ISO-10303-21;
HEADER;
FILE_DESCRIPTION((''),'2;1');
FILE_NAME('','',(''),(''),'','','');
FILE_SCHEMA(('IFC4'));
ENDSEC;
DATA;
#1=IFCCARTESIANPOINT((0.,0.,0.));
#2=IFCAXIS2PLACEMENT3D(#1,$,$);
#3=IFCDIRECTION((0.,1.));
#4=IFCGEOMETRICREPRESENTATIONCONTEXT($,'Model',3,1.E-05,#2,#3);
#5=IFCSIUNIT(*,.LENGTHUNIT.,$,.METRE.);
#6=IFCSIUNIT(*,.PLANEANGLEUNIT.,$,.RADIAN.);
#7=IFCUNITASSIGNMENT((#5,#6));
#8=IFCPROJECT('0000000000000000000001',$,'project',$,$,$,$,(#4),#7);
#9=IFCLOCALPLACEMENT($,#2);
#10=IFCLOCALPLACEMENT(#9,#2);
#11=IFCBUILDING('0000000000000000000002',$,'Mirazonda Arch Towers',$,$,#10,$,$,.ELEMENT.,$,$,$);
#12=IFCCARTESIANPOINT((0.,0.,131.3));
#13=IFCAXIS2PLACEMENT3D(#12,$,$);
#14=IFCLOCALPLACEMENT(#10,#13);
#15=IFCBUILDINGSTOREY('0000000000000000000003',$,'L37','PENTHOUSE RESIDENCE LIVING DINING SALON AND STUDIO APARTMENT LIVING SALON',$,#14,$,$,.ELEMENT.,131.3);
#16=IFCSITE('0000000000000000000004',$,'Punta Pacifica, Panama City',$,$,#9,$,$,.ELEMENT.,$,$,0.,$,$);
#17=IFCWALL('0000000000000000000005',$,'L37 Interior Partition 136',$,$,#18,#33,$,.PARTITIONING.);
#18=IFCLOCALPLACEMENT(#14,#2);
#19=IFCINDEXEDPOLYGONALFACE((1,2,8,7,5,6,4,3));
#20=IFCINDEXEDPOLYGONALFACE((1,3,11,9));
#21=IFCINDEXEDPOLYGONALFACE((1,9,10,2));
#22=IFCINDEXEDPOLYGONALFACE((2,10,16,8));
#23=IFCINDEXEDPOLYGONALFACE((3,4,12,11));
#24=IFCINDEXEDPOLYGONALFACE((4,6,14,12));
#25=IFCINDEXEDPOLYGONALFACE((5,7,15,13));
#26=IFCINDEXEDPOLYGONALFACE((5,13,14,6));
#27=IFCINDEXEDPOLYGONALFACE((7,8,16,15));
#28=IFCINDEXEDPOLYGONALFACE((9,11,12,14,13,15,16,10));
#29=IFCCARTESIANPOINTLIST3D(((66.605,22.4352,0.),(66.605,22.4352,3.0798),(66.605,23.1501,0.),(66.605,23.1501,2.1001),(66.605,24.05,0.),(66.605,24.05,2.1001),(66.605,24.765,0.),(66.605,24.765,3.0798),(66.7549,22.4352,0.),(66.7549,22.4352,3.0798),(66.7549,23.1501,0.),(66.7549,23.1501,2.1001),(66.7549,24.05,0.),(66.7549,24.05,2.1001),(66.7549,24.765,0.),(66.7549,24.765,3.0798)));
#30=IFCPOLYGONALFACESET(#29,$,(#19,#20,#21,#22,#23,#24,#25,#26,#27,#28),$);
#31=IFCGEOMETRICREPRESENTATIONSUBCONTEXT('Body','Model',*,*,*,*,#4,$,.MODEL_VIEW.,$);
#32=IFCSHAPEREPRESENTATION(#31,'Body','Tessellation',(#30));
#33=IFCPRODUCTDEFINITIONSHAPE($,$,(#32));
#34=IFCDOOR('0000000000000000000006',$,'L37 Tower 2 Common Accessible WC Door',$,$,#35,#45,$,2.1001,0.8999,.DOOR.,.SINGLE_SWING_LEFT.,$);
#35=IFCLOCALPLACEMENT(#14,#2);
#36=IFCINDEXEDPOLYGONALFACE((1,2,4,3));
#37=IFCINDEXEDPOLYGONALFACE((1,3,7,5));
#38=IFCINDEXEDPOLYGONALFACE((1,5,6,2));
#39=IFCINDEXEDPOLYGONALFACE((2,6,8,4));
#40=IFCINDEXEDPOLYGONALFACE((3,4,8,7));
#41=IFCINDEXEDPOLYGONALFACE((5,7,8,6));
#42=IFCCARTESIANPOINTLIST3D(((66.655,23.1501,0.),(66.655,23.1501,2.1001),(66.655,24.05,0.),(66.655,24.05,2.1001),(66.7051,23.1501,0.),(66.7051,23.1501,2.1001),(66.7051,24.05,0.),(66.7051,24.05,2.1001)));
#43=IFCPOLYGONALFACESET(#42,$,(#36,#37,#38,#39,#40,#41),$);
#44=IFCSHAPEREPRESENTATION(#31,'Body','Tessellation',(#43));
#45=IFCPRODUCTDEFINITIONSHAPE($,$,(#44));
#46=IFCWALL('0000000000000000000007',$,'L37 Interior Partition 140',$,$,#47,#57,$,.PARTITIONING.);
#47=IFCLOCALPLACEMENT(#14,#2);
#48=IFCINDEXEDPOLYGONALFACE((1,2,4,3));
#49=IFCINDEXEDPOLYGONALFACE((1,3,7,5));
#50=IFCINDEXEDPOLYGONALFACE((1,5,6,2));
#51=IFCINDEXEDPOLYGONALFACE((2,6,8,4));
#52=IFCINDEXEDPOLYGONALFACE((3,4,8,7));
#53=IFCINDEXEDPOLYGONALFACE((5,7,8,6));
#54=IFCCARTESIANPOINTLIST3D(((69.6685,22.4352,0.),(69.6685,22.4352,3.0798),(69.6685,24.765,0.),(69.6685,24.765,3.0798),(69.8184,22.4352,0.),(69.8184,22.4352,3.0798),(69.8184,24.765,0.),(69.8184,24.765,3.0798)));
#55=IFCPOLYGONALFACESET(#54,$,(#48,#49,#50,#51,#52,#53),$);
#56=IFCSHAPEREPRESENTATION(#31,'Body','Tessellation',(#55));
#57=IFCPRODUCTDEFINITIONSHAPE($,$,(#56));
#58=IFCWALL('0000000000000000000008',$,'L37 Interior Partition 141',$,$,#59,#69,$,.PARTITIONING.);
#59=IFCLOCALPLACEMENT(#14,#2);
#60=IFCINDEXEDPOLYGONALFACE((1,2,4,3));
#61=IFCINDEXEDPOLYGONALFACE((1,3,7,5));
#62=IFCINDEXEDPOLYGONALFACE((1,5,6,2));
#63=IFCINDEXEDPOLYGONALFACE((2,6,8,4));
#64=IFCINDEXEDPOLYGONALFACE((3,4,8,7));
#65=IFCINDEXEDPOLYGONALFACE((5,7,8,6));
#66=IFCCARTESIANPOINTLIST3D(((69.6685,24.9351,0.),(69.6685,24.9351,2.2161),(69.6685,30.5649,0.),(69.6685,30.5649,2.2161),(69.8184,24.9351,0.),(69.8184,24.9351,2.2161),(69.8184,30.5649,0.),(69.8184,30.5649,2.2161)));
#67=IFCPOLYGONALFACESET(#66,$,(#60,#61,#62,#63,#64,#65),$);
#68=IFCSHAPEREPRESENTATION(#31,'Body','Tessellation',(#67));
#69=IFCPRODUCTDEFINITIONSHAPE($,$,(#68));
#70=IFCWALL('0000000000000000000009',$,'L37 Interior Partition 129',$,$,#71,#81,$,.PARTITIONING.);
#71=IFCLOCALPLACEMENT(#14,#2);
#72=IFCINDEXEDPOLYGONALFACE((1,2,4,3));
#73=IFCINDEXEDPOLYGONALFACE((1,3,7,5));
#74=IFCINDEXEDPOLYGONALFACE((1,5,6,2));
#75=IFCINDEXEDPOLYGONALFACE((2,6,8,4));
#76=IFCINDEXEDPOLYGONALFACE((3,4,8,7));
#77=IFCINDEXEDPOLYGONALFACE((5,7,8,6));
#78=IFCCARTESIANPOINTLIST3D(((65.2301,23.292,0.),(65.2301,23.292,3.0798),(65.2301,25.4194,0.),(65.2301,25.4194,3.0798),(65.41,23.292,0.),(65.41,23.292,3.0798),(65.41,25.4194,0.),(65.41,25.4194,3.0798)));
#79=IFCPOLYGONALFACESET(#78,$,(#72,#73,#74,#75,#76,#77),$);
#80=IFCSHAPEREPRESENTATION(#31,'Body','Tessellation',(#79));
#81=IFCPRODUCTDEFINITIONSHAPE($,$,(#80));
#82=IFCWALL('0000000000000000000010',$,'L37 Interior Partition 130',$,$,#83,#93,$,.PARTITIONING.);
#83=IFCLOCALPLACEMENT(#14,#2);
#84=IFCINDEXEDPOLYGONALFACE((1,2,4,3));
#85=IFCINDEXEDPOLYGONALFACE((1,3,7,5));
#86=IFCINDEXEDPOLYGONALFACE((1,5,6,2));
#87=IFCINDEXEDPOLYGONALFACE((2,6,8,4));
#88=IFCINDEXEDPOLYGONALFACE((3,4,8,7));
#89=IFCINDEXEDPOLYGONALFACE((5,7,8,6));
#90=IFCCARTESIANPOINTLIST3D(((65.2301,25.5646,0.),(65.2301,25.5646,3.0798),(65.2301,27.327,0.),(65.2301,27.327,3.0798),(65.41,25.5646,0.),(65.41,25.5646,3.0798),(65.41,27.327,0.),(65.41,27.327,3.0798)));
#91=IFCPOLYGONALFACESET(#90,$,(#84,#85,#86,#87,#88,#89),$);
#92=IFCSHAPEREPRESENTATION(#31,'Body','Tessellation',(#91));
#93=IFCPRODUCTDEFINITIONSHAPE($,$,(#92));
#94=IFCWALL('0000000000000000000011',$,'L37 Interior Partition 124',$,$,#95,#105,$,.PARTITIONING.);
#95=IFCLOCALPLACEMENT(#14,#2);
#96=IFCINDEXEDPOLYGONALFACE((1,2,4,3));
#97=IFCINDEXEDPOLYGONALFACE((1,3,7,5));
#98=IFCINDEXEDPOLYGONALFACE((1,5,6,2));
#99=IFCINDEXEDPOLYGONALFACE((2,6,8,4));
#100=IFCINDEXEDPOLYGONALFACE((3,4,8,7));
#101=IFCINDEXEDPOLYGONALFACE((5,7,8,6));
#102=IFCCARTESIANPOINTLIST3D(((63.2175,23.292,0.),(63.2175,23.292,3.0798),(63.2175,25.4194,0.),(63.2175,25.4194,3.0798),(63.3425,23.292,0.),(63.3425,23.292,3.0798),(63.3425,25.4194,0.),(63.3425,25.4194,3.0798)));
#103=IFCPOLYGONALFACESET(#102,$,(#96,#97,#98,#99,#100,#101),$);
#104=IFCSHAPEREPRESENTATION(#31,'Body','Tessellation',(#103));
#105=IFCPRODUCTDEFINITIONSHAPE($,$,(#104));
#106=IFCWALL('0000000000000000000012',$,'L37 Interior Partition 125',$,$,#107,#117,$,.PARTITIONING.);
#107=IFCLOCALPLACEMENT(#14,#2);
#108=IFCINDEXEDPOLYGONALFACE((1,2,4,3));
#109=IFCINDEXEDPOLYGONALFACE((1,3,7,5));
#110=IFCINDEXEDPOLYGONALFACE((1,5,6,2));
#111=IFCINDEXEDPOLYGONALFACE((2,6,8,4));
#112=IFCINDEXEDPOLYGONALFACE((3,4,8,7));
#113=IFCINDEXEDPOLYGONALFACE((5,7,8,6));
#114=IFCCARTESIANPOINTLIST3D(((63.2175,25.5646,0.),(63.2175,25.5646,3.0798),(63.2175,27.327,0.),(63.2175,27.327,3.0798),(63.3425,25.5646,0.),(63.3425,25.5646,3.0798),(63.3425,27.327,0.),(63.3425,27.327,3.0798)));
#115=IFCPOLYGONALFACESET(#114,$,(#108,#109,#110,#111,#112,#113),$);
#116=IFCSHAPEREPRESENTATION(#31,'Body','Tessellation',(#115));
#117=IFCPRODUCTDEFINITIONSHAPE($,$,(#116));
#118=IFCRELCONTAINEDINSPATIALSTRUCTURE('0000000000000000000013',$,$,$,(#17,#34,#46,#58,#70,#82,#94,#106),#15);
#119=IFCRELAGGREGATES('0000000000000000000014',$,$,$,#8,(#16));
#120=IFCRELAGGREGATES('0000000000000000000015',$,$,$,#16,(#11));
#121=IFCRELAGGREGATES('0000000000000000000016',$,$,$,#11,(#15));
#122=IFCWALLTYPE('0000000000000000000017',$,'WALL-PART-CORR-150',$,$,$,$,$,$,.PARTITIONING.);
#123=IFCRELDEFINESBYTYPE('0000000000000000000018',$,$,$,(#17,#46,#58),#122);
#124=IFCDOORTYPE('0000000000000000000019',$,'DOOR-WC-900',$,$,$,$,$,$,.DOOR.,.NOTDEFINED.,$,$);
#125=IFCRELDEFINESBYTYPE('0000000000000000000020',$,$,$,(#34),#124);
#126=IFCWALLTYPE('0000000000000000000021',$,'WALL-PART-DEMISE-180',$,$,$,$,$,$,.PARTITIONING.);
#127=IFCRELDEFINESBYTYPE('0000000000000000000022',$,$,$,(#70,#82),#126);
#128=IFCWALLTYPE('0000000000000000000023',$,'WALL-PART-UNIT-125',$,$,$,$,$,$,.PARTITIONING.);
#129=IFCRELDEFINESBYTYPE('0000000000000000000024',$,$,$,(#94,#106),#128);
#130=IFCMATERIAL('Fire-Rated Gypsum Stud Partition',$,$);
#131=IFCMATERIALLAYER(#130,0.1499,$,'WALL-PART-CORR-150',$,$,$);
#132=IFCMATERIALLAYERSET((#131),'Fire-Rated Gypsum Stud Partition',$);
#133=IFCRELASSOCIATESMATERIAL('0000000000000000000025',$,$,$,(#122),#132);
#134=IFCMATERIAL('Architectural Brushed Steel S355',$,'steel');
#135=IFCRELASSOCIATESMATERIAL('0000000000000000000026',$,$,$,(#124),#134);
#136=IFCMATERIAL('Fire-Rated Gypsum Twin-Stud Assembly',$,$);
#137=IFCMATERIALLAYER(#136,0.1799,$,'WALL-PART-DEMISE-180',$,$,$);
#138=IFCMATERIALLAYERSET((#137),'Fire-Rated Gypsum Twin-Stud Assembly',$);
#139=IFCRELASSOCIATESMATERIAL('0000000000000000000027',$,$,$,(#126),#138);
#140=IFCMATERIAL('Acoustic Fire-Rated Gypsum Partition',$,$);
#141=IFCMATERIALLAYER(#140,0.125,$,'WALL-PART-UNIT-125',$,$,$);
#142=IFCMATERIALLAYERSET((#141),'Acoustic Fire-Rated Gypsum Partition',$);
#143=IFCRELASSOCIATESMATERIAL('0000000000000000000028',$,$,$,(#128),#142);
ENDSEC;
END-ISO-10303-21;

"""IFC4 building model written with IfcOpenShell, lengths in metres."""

from ifc_helpers import new_model, si_unit, direction, frame, frame_2d, origin, place, context, subcontext, project, spatial, rectangle, extrude, material, layer, layer_set, type_object, element, fill, save


model = new_model("IFC4")

# Units and contexts
model_context = context("Model", 3, precision=1e-05, world=origin(), true_north=direction((0.0, 1.0)))
body_context = subcontext(model_context, "Body", "Model", "MODEL_VIEW")
ifc_project = project(units=[si_unit("LENGTHUNIT", "METRE"), si_unit("PLANEANGLEUNIT", "RADIAN")], contexts=[model_context])

# Site, building, storey
site_placement = place(None, origin())
site = spatial("IfcSite", under=ifc_project, at=site_placement, Name="Punta Pacifica, Panama City", CompositionType="ELEMENT", RefElevation=0.0)
building_placement = place(site_placement, origin())
building = spatial("IfcBuilding", under=site, at=building_placement, Name="Mirazonda Arch Towers", CompositionType="ELEMENT")
storey_placement = place(building_placement, frame((0.0, 0.0, 131.3)))
storey = spatial("IfcBuildingStorey", under=building, at=storey_placement, Name="L37", Description="PENTHOUSE RESIDENCE LIVING DINING SALON AND STUDIO APARTMENT LIVING SALON", CompositionType="ELEMENT", Elevation=131.3)

# Shared definitions
ifc_material_1 = material(Name="Architectural Brushed Steel S355", Category="steel")

# Shared definitions
ifc_material_2 = material(Name="Fire-Rated Gypsum Stud Partition")
ifc_layer_1 = layer(ifc_material_2, 0.1499, Name="WALL-PART-CORR-150")
ifc_layer_set_1 = layer_set([ifc_layer_1], Name="Fire-Rated Gypsum Stud Partition")
wall_type_1 = type_object("IfcWallType", Name="WALL-PART-CORR-150", PredefinedType="PARTITIONING", material=ifc_layer_set_1)

# Wall, opening, door
wall_1_placement = place(storey_placement, frame((66.6799, 22.4351, 0.0), z_axis=(0.0, 0.0, 1.0), x_axis=(0.0, 1.0, 0.0)))
wall_1 = element("IfcWall", 1, at=wall_1_placement, inside=storey, type_object=wall_type_1, Name="L37 Interior Partition 136", PredefinedType="PARTITIONING", context=body_context, shape_type="SweptSolid", body=[
    extrude(rectangle(XDim=2.3298, YDim=0.1499, at=frame_2d((1.165, 0.0))), origin(), (0.0, 0.0, 1.0), 3.0798),
])
opening_1_placement = place(wall_1_placement, frame((0.7151, 0.0, 0.0)))
opening_1 = element("IfcOpeningElement", 2, at=opening_1_placement, cuts=wall_1, PredefinedType="OPENING", context=body_context, shape_type="SweptSolid", body=[
    extrude(rectangle(XDim=0.8999, YDim=2.1001, at=frame_2d((0.45, 1.05))), frame((0.0, 0.085, 0.0), z_axis=(0.0, -1.0, 0.0), x_axis=(1.0, 0.0, 0.0)), (0.0, 0.0, 1.0), 0.1699),
])
door_type_1 = type_object("IfcDoorType", Name="DOOR-WC-900", OperationType="NOTDEFINED", PredefinedType="DOOR", material=ifc_material_1)
door_1_placement = place(opening_1_placement, origin())
door_1 = element("IfcDoor", 3, at=door_1_placement, inside=storey, type_object=door_type_1, Name="L37 Tower 2 Common Accessible WC Door", OperationType="SINGLE_SWING_LEFT", OverallHeight=2.1001, OverallWidth=0.8999, PredefinedType="DOOR", context=body_context, shape_type="SweptSolid", body=[
    extrude(rectangle(XDim=0.8999, YDim=2.1001, at=frame_2d((0.45, 1.05))), frame((0.0, 0.0249, 0.0), z_axis=(0.0, -1.0, 0.0), x_axis=(1.0, 0.0, 0.0)), (0.0, 0.0, 1.0), 0.05),
])
fill(opening_1, door_1)

# Walls
wall_2_placement = place(storey_placement, frame((69.7434, 22.4351, 0.0), z_axis=(0.0, 0.0, 1.0), x_axis=(0.0, 1.0, 0.0)))
element("IfcWall", 4, at=wall_2_placement, inside=storey, type_object=wall_type_1, Name="L37 Interior Partition 140", PredefinedType="PARTITIONING", context=body_context, shape_type="SweptSolid", body=[
    extrude(rectangle(XDim=2.3298, YDim=0.1499, at=frame_2d((1.165, 0.0))), origin(), (0.0, 0.0, 1.0), 3.0798),
])
wall_3_placement = place(storey_placement, frame((69.7434, 24.9351, 0.0), z_axis=(0.0, 0.0, 1.0), x_axis=(0.0, 1.0, 0.0)))
element("IfcWall", 5, at=wall_3_placement, inside=storey, type_object=wall_type_1, Name="L37 Interior Partition 141", PredefinedType="PARTITIONING", context=body_context, shape_type="SweptSolid", body=[
    extrude(rectangle(XDim=5.6299, YDim=0.1499, at=frame_2d((2.8149, 0.0))), origin(), (0.0, 0.0, 1.0), 2.2161),
])
ifc_material_3 = material(Name="Fire-Rated Gypsum Twin-Stud Assembly")
ifc_layer_2 = layer(ifc_material_3, 0.1799, Name="WALL-PART-DEMISE-180")
ifc_layer_set_2 = layer_set([ifc_layer_2], Name="Fire-Rated Gypsum Twin-Stud Assembly")
wall_type_2 = type_object("IfcWallType", Name="WALL-PART-DEMISE-180", PredefinedType="PARTITIONING", material=ifc_layer_set_2)
wall_4_placement = place(storey_placement, frame((65.3201, 23.292, 0.0), z_axis=(0.0, 0.0, 1.0), x_axis=(0.0, 1.0, 0.0)))
element("IfcWall", 6, at=wall_4_placement, inside=storey, type_object=wall_type_2, Name="L37 Interior Partition 129", PredefinedType="PARTITIONING", context=body_context, shape_type="SweptSolid", body=[
    extrude(rectangle(XDim=2.1274, YDim=0.1799, at=frame_2d((1.0637, 0.0))), origin(), (0.0, 0.0, 1.0), 3.0798),
])
wall_5_placement = place(storey_placement, frame((65.3201, 25.5645, 0.0), z_axis=(0.0, 0.0, 1.0), x_axis=(0.0, 1.0, 0.0)))
element("IfcWall", 7, at=wall_5_placement, inside=storey, type_object=wall_type_2, Name="L37 Interior Partition 130", PredefinedType="PARTITIONING", context=body_context, shape_type="SweptSolid", body=[
    extrude(rectangle(XDim=1.7625, YDim=0.1799, at=frame_2d((0.8813, 0.0))), origin(), (0.0, 0.0, 1.0), 3.0798),
])
ifc_material_4 = material(Name="Acoustic Fire-Rated Gypsum Partition")
ifc_layer_3 = layer(ifc_material_4, 0.125, Name="WALL-PART-UNIT-125")
ifc_layer_set_3 = layer_set([ifc_layer_3], Name="Acoustic Fire-Rated Gypsum Partition")
wall_type_3 = type_object("IfcWallType", Name="WALL-PART-UNIT-125", PredefinedType="PARTITIONING", material=ifc_layer_set_3)
wall_6_placement = place(storey_placement, frame((63.28, 23.292, 0.0), z_axis=(0.0, 0.0, 1.0), x_axis=(0.0, 1.0, 0.0)))
element("IfcWall", 8, at=wall_6_placement, inside=storey, type_object=wall_type_3, Name="L37 Interior Partition 124", PredefinedType="PARTITIONING", context=body_context, shape_type="SweptSolid", body=[
    extrude(rectangle(XDim=2.1274, YDim=0.125, at=frame_2d((1.0637, 0.0))), origin(), (0.0, 0.0, 1.0), 3.0798),
])
wall_7_placement = place(storey_placement, frame((63.28, 25.5645, 0.0), z_axis=(0.0, 0.0, 1.0), x_axis=(0.0, 1.0, 0.0)))
element("IfcWall", 9, at=wall_7_placement, inside=storey, type_object=wall_type_3, Name="L37 Interior Partition 125", PredefinedType="PARTITIONING", context=body_context, shape_type="SweptSolid", body=[
    extrude(rectangle(XDim=1.7625, YDim=0.125, at=frame_2d((0.8813, 0.0))), origin(), (0.0, 0.0, 1.0), 3.0798),
])

save(model, "model.ifc")
